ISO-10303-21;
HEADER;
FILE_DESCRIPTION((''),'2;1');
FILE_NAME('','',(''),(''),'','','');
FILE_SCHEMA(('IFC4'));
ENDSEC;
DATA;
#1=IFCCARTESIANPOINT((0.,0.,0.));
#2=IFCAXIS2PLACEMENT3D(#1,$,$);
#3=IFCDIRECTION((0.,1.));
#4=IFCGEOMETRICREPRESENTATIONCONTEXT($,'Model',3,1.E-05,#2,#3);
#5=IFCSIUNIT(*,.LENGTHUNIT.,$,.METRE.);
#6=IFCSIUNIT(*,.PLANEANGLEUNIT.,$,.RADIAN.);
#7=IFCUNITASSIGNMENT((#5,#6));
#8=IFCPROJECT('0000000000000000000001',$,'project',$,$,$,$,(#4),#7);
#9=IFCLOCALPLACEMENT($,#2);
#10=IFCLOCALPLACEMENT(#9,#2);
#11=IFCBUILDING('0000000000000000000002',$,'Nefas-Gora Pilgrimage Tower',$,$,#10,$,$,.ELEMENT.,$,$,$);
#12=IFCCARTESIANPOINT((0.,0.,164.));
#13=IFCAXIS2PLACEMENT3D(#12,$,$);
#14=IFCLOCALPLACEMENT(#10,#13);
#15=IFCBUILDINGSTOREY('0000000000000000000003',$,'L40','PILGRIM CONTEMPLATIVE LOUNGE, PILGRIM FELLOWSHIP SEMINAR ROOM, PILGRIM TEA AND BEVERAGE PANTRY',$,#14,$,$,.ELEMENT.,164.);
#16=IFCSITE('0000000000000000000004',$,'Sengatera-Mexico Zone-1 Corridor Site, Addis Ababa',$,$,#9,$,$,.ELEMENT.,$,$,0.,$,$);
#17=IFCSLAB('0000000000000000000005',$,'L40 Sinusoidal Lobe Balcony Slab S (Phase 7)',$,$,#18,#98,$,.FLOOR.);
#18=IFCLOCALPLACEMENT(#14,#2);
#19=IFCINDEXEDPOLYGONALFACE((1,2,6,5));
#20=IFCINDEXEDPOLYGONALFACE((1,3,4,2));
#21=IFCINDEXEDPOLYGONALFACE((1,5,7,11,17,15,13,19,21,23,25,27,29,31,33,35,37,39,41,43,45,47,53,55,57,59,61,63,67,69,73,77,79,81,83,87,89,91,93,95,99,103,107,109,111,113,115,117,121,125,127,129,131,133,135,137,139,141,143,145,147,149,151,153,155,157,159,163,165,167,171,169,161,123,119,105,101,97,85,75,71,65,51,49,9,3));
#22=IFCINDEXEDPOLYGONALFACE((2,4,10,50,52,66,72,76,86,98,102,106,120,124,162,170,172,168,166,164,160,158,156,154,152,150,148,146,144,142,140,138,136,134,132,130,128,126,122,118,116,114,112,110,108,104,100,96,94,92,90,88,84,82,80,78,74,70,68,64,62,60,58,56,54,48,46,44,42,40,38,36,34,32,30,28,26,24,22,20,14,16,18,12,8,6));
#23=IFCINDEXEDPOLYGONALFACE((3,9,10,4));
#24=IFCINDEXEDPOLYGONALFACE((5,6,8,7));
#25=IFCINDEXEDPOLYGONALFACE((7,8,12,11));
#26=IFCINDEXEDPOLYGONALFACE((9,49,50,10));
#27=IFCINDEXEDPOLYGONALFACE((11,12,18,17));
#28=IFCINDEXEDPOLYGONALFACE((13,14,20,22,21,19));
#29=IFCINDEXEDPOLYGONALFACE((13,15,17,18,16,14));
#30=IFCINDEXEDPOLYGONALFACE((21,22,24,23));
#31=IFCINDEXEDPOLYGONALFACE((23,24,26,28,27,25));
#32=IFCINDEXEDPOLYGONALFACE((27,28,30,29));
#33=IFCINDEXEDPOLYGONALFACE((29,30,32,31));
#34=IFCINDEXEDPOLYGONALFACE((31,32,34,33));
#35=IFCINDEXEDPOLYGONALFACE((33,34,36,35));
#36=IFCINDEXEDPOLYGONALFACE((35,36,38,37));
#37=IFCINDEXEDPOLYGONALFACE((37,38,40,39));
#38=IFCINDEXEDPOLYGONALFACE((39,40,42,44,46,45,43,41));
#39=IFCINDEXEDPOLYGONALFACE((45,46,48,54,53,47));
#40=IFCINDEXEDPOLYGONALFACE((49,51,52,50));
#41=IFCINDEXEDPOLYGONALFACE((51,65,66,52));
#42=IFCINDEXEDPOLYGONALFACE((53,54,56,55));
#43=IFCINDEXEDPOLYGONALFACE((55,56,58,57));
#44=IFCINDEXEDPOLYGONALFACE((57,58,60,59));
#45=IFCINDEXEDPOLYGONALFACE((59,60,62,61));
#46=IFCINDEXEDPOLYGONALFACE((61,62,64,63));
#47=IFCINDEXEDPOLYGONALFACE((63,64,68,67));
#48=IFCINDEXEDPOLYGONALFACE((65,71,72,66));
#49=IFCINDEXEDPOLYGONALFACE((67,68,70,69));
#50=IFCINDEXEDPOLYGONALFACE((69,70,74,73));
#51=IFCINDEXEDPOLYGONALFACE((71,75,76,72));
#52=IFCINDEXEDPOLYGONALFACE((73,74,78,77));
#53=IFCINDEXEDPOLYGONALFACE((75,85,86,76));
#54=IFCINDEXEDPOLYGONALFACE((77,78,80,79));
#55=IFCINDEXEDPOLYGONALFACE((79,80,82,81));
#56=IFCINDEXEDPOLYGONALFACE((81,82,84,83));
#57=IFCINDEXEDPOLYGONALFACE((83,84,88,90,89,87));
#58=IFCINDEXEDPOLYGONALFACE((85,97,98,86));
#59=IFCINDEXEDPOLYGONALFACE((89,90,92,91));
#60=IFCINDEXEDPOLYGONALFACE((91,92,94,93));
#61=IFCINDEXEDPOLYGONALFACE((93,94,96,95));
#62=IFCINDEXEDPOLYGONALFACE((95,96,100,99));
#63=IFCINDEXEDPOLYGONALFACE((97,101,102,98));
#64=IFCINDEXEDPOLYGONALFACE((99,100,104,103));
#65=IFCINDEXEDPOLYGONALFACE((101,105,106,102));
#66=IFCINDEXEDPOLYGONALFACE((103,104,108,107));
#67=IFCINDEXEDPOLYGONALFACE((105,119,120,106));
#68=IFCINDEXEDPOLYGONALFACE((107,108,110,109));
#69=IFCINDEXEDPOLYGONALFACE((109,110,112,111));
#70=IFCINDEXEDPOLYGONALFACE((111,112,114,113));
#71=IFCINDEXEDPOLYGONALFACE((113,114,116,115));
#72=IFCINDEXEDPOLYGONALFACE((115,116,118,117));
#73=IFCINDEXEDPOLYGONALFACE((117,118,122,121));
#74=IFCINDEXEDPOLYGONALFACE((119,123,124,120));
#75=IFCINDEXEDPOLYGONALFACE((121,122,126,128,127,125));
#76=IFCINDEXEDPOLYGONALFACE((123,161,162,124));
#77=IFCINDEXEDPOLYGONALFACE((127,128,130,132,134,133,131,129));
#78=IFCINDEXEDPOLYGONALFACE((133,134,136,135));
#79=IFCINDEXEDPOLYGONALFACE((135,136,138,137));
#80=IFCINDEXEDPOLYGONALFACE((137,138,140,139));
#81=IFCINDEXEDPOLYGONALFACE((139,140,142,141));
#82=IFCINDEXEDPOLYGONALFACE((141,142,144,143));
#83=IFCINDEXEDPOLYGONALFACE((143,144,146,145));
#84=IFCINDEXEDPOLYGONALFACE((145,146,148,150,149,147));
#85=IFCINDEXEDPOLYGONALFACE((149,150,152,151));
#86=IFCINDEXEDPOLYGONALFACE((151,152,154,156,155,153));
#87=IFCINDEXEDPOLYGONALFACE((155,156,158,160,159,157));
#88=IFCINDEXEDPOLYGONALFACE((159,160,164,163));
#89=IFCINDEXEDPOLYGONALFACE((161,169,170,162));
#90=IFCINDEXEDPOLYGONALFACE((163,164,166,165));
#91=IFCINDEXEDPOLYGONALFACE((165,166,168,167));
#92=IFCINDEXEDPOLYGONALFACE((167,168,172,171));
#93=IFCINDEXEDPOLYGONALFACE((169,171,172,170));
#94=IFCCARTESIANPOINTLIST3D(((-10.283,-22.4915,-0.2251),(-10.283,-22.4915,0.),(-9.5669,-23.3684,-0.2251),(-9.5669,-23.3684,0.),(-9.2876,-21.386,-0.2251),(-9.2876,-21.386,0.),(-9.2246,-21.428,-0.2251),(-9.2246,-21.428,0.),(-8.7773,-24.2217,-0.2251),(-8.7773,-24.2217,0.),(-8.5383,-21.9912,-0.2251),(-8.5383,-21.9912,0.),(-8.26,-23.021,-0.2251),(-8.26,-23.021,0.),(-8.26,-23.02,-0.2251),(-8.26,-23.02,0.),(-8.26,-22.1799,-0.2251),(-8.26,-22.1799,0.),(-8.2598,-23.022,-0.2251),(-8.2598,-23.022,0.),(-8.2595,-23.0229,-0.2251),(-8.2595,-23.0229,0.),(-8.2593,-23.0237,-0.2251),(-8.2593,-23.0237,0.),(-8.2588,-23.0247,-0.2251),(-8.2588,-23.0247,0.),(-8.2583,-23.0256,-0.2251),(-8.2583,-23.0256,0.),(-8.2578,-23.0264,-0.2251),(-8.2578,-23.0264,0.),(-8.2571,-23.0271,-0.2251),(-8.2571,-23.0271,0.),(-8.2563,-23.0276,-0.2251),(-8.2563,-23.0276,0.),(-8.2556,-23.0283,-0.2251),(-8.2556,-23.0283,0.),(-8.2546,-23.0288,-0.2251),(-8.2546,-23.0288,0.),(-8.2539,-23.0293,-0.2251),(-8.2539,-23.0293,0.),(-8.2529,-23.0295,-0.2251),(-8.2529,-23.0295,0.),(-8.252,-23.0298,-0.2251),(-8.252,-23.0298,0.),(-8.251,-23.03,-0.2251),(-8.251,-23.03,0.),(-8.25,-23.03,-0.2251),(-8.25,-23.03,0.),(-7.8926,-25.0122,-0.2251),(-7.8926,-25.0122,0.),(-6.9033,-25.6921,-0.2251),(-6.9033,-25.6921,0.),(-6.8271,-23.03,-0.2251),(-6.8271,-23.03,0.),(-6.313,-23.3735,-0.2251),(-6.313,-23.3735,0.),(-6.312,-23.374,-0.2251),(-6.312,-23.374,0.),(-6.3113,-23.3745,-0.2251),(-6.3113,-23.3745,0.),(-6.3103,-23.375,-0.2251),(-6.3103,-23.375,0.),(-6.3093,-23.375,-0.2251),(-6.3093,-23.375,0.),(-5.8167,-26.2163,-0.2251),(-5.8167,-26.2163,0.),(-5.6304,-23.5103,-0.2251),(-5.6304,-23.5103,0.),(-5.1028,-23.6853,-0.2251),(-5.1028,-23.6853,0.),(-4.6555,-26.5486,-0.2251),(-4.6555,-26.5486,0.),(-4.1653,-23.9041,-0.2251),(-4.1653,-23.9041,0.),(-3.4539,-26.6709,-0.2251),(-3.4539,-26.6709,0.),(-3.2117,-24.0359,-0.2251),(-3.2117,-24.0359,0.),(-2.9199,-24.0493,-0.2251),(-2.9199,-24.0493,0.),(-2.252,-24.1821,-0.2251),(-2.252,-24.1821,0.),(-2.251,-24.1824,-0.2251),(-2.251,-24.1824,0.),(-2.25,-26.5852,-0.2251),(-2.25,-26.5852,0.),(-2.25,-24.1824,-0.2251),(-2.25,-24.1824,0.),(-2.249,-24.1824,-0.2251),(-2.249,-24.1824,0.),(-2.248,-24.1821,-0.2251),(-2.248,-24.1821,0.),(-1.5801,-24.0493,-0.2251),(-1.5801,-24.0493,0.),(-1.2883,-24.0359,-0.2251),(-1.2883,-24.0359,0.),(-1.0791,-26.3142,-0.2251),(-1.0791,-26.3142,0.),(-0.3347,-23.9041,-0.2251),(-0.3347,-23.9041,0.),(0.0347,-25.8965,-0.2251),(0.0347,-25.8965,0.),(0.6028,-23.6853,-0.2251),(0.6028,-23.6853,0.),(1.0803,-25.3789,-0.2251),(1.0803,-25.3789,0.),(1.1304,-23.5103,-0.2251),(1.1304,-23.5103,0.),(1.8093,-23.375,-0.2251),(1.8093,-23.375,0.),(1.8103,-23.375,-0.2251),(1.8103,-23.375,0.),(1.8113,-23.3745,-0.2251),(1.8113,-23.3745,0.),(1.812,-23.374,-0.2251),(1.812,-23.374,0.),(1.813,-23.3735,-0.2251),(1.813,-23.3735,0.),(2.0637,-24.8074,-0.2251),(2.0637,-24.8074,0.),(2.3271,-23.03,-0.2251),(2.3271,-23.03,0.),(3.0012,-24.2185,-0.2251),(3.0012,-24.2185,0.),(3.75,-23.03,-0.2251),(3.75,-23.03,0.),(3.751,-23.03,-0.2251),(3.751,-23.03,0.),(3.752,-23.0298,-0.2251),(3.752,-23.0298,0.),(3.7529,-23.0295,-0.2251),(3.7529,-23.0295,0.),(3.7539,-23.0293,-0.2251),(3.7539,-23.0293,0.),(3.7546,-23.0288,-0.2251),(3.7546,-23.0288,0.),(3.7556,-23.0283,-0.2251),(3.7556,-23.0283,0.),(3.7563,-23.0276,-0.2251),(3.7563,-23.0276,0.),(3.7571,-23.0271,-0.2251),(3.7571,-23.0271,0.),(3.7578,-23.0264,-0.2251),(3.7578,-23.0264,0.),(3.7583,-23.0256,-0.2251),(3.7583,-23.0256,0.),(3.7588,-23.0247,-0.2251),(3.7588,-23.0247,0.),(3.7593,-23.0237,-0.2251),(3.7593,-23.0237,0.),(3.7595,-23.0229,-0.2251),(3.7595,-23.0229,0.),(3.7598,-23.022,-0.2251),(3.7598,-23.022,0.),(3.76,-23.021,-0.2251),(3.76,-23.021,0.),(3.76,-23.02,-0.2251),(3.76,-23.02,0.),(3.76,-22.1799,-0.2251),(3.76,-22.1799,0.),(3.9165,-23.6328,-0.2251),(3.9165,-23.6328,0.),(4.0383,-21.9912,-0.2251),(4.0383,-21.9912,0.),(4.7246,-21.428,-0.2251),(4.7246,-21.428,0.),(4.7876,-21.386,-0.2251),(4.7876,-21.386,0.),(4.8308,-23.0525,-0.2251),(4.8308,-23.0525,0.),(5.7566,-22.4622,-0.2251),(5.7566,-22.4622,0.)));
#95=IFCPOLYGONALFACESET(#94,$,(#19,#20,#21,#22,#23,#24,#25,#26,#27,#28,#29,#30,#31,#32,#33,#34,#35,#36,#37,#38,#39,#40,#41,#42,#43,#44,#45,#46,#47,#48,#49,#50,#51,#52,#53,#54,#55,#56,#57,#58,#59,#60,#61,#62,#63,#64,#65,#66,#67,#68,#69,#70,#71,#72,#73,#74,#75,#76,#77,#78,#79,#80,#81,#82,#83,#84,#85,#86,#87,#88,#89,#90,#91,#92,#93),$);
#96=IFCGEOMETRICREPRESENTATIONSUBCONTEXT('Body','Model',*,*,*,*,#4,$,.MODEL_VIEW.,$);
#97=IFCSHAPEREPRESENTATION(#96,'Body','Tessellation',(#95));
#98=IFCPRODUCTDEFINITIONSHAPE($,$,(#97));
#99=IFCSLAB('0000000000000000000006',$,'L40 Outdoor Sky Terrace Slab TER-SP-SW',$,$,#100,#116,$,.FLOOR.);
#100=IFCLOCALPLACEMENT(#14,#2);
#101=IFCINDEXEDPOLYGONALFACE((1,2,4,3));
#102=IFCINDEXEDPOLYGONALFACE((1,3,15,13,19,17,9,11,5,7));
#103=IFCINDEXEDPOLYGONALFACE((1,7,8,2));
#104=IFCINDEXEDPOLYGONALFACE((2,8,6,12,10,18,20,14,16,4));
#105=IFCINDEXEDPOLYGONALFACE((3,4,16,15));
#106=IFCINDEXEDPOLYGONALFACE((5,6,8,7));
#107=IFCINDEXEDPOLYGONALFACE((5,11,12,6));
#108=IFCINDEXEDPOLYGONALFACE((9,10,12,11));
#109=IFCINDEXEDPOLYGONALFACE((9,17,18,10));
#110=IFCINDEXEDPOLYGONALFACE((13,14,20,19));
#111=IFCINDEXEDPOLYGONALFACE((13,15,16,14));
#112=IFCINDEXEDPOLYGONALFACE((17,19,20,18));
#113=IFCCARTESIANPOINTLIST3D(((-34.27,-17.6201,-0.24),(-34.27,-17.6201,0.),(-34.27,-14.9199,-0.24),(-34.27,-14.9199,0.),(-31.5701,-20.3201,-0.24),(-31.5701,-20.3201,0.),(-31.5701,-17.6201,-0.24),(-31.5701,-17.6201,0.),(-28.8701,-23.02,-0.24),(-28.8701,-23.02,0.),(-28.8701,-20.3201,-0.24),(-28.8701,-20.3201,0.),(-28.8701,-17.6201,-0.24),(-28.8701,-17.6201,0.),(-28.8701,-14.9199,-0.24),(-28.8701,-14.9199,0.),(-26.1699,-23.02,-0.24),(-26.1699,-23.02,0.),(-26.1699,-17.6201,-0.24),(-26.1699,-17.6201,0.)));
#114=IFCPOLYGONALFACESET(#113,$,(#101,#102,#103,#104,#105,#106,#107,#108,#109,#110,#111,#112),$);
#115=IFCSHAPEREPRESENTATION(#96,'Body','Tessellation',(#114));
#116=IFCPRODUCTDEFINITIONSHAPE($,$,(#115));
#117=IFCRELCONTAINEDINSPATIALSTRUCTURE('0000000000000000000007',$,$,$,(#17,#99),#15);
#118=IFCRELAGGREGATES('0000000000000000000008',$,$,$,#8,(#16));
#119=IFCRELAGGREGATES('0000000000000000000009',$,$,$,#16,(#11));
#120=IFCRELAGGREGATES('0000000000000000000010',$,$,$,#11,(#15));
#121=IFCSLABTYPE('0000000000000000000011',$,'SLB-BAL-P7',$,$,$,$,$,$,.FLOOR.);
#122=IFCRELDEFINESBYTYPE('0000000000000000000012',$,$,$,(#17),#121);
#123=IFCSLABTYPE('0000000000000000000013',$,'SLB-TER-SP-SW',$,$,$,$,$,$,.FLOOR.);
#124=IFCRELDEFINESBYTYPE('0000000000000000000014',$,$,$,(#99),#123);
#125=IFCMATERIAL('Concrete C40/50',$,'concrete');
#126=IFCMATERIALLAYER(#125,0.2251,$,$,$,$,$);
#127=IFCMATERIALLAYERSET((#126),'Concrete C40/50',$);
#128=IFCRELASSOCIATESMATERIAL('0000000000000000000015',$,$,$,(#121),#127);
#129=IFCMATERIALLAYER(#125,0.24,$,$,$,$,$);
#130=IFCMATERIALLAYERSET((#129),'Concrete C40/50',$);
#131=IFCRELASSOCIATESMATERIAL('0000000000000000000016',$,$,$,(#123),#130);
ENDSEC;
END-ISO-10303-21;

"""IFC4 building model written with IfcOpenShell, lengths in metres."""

from ifc_helpers import new_model, si_unit, direction, frame, origin, place, context, subcontext, project, spatial, polyline, outline, extrude, material, layer, layer_set, type_object, element, save


model = new_model("IFC4")

# Units and contexts
model_context = context("Model", 3, precision=1e-05, world=origin(), true_north=direction((0.0, 1.0)))
body_context = subcontext(model_context, "Body", "Model", "MODEL_VIEW")
ifc_project = project(units=[si_unit("LENGTHUNIT", "METRE"), si_unit("PLANEANGLEUNIT", "RADIAN")], contexts=[model_context])

# Site, building, storey
site_placement = place(None, origin())
site = spatial("IfcSite", under=ifc_project, at=site_placement, Name="Sengatera-Mexico Zone-1 Corridor Site, Addis Ababa", CompositionType="ELEMENT", RefElevation=0.0)
building_placement = place(site_placement, origin())
building = spatial("IfcBuilding", under=site, at=building_placement, Name="Nefas-Gora Pilgrimage Tower", CompositionType="ELEMENT")
storey_placement = place(building_placement, frame((0.0, 0.0, 164.0)))
storey = spatial("IfcBuildingStorey", under=building, at=storey_placement, Name="L40", Description="PILGRIM CONTEMPLATIVE LOUNGE, PILGRIM FELLOWSHIP SEMINAR ROOM, PILGRIM TEA AND BEVERAGE PANTRY", CompositionType="ELEMENT", Elevation=164.0)

# Slabs
ifc_material_1 = material(Name="Concrete C40/50", Category="concrete")
ifc_layer_1 = layer(ifc_material_1, 0.2251)
ifc_layer_set_1 = layer_set([ifc_layer_1], Name="Concrete C40/50")
slab_type_1 = type_object("IfcSlabType", Name="SLB-BAL-P7", PredefinedType="FLOOR", material=ifc_layer_set_1)
slab_1_placement = place(storey_placement, frame((0.0, 0.0, -0.2251)))
element("IfcSlab", 1, at=slab_1_placement, inside=storey, type_object=slab_type_1, Name="L40 Sinusoidal Lobe Balcony Slab S (Phase 7)", PredefinedType="FLOOR", context=body_context, shape_type="SweptSolid", body=[
    extrude(outline(polyline([(4.7876, -21.386), (4.7246, -21.428), (4.0383, -21.9912), (3.76, -22.1799), (3.76, -23.02), (3.76, -23.021), (3.7598, -23.022), (3.7595, -23.0229), (3.7593, -23.0237), (3.7588, -23.0247), (3.7583, -23.0256), (3.7578, -23.0264), (3.7571, -23.0271), (3.7563, -23.0276), (3.7556, -23.0283), (3.7546, -23.0288), (3.7539, -23.0293), (3.7529, -23.0295), (3.752, -23.0298), (3.751, -23.03), (3.75, -23.03), (2.3271, -23.03), (1.813, -23.3735), (1.812, -23.374), (1.8113, -23.3745), (1.8103, -23.375), (1.8093, -23.375), (1.1304, -23.5103), (0.6028, -23.6853), (-0.3347, -23.9041), (-1.2883, -24.0359), (-1.5801, -24.0493), (-2.248, -24.1821), (-2.249, -24.1824), (-2.25, -24.1824), (-2.251, -24.1824), (-2.252, -24.1821), (-2.9199, -24.0493), (-3.2117, -24.0359), (-4.1653, -23.9041), (-5.1028, -23.6853), (-5.6304, -23.5103), (-6.3093, -23.375), (-6.3103, -23.375), (-6.3113, -23.3745), (-6.312, -23.374), (-6.313, -23.3735), (-6.8271, -23.03), (-8.25, -23.03), (-8.251, -23.03), (-8.252, -23.0298), (-8.2529, -23.0295), (-8.2539, -23.0293), (-8.2546, -23.0288), (-8.2556, -23.0283), (-8.2563, -23.0276), (-8.2571, -23.0271), (-8.2578, -23.0264), (-8.2583, -23.0256), (-8.2588, -23.0247), (-8.2593, -23.0237), (-8.2595, -23.0229), (-8.2598, -23.022), (-8.26, -23.021), (-8.26, -23.02), (-8.26, -22.1799), (-8.5383, -21.9912), (-9.2246, -21.428), (-9.2876, -21.386), (-10.283, -22.4915), (-9.5669, -23.3684), (-8.7773, -24.2217), (-7.8926, -25.0122), (-6.9033, -25.6921), (-5.8167, -26.2163), (-4.6555, -26.5486), (-3.4539, -26.6709), (-2.25, -26.5852), (-1.0791, -26.3142), (0.0347, -25.8965), (1.0803, -25.3789), (2.0637, -24.8074), (3.0012, -24.2185), (3.9165, -23.6328), (4.8308, -23.0525), (5.7566, -22.4622), (4.7876, -21.386)])), origin(), (0.0, 0.0, 1.0), 0.2251),
])
ifc_layer_2 = layer(ifc_material_1, 0.24)
ifc_layer_set_2 = layer_set([ifc_layer_2], Name="Concrete C40/50")
slab_type_2 = type_object("IfcSlabType", Name="SLB-TER-SP-SW", PredefinedType="FLOOR", material=ifc_layer_set_2)
slab_2_placement = place(storey_placement, frame((0.0, 0.0, -0.24)))
element("IfcSlab", 2, at=slab_2_placement, inside=storey, type_object=slab_type_2, Name="L40 Outdoor Sky Terrace Slab TER-SP-SW", PredefinedType="FLOOR", context=body_context, shape_type="SweptSolid", body=[
    extrude(outline(polyline([(-26.1699, -23.02), (-26.1699, -17.6201), (-28.8701, -17.6201), (-28.8701, -14.9199), (-34.27, -14.9199), (-34.27, -17.6201), (-31.5701, -17.6201), (-31.5701, -20.3201), (-28.8701, -20.3201), (-28.8701, -23.02), (-26.1699, -23.02)])), origin(), (0.0, 0.0, 1.0), 0.24),
])

save(model, "model.ifc")
